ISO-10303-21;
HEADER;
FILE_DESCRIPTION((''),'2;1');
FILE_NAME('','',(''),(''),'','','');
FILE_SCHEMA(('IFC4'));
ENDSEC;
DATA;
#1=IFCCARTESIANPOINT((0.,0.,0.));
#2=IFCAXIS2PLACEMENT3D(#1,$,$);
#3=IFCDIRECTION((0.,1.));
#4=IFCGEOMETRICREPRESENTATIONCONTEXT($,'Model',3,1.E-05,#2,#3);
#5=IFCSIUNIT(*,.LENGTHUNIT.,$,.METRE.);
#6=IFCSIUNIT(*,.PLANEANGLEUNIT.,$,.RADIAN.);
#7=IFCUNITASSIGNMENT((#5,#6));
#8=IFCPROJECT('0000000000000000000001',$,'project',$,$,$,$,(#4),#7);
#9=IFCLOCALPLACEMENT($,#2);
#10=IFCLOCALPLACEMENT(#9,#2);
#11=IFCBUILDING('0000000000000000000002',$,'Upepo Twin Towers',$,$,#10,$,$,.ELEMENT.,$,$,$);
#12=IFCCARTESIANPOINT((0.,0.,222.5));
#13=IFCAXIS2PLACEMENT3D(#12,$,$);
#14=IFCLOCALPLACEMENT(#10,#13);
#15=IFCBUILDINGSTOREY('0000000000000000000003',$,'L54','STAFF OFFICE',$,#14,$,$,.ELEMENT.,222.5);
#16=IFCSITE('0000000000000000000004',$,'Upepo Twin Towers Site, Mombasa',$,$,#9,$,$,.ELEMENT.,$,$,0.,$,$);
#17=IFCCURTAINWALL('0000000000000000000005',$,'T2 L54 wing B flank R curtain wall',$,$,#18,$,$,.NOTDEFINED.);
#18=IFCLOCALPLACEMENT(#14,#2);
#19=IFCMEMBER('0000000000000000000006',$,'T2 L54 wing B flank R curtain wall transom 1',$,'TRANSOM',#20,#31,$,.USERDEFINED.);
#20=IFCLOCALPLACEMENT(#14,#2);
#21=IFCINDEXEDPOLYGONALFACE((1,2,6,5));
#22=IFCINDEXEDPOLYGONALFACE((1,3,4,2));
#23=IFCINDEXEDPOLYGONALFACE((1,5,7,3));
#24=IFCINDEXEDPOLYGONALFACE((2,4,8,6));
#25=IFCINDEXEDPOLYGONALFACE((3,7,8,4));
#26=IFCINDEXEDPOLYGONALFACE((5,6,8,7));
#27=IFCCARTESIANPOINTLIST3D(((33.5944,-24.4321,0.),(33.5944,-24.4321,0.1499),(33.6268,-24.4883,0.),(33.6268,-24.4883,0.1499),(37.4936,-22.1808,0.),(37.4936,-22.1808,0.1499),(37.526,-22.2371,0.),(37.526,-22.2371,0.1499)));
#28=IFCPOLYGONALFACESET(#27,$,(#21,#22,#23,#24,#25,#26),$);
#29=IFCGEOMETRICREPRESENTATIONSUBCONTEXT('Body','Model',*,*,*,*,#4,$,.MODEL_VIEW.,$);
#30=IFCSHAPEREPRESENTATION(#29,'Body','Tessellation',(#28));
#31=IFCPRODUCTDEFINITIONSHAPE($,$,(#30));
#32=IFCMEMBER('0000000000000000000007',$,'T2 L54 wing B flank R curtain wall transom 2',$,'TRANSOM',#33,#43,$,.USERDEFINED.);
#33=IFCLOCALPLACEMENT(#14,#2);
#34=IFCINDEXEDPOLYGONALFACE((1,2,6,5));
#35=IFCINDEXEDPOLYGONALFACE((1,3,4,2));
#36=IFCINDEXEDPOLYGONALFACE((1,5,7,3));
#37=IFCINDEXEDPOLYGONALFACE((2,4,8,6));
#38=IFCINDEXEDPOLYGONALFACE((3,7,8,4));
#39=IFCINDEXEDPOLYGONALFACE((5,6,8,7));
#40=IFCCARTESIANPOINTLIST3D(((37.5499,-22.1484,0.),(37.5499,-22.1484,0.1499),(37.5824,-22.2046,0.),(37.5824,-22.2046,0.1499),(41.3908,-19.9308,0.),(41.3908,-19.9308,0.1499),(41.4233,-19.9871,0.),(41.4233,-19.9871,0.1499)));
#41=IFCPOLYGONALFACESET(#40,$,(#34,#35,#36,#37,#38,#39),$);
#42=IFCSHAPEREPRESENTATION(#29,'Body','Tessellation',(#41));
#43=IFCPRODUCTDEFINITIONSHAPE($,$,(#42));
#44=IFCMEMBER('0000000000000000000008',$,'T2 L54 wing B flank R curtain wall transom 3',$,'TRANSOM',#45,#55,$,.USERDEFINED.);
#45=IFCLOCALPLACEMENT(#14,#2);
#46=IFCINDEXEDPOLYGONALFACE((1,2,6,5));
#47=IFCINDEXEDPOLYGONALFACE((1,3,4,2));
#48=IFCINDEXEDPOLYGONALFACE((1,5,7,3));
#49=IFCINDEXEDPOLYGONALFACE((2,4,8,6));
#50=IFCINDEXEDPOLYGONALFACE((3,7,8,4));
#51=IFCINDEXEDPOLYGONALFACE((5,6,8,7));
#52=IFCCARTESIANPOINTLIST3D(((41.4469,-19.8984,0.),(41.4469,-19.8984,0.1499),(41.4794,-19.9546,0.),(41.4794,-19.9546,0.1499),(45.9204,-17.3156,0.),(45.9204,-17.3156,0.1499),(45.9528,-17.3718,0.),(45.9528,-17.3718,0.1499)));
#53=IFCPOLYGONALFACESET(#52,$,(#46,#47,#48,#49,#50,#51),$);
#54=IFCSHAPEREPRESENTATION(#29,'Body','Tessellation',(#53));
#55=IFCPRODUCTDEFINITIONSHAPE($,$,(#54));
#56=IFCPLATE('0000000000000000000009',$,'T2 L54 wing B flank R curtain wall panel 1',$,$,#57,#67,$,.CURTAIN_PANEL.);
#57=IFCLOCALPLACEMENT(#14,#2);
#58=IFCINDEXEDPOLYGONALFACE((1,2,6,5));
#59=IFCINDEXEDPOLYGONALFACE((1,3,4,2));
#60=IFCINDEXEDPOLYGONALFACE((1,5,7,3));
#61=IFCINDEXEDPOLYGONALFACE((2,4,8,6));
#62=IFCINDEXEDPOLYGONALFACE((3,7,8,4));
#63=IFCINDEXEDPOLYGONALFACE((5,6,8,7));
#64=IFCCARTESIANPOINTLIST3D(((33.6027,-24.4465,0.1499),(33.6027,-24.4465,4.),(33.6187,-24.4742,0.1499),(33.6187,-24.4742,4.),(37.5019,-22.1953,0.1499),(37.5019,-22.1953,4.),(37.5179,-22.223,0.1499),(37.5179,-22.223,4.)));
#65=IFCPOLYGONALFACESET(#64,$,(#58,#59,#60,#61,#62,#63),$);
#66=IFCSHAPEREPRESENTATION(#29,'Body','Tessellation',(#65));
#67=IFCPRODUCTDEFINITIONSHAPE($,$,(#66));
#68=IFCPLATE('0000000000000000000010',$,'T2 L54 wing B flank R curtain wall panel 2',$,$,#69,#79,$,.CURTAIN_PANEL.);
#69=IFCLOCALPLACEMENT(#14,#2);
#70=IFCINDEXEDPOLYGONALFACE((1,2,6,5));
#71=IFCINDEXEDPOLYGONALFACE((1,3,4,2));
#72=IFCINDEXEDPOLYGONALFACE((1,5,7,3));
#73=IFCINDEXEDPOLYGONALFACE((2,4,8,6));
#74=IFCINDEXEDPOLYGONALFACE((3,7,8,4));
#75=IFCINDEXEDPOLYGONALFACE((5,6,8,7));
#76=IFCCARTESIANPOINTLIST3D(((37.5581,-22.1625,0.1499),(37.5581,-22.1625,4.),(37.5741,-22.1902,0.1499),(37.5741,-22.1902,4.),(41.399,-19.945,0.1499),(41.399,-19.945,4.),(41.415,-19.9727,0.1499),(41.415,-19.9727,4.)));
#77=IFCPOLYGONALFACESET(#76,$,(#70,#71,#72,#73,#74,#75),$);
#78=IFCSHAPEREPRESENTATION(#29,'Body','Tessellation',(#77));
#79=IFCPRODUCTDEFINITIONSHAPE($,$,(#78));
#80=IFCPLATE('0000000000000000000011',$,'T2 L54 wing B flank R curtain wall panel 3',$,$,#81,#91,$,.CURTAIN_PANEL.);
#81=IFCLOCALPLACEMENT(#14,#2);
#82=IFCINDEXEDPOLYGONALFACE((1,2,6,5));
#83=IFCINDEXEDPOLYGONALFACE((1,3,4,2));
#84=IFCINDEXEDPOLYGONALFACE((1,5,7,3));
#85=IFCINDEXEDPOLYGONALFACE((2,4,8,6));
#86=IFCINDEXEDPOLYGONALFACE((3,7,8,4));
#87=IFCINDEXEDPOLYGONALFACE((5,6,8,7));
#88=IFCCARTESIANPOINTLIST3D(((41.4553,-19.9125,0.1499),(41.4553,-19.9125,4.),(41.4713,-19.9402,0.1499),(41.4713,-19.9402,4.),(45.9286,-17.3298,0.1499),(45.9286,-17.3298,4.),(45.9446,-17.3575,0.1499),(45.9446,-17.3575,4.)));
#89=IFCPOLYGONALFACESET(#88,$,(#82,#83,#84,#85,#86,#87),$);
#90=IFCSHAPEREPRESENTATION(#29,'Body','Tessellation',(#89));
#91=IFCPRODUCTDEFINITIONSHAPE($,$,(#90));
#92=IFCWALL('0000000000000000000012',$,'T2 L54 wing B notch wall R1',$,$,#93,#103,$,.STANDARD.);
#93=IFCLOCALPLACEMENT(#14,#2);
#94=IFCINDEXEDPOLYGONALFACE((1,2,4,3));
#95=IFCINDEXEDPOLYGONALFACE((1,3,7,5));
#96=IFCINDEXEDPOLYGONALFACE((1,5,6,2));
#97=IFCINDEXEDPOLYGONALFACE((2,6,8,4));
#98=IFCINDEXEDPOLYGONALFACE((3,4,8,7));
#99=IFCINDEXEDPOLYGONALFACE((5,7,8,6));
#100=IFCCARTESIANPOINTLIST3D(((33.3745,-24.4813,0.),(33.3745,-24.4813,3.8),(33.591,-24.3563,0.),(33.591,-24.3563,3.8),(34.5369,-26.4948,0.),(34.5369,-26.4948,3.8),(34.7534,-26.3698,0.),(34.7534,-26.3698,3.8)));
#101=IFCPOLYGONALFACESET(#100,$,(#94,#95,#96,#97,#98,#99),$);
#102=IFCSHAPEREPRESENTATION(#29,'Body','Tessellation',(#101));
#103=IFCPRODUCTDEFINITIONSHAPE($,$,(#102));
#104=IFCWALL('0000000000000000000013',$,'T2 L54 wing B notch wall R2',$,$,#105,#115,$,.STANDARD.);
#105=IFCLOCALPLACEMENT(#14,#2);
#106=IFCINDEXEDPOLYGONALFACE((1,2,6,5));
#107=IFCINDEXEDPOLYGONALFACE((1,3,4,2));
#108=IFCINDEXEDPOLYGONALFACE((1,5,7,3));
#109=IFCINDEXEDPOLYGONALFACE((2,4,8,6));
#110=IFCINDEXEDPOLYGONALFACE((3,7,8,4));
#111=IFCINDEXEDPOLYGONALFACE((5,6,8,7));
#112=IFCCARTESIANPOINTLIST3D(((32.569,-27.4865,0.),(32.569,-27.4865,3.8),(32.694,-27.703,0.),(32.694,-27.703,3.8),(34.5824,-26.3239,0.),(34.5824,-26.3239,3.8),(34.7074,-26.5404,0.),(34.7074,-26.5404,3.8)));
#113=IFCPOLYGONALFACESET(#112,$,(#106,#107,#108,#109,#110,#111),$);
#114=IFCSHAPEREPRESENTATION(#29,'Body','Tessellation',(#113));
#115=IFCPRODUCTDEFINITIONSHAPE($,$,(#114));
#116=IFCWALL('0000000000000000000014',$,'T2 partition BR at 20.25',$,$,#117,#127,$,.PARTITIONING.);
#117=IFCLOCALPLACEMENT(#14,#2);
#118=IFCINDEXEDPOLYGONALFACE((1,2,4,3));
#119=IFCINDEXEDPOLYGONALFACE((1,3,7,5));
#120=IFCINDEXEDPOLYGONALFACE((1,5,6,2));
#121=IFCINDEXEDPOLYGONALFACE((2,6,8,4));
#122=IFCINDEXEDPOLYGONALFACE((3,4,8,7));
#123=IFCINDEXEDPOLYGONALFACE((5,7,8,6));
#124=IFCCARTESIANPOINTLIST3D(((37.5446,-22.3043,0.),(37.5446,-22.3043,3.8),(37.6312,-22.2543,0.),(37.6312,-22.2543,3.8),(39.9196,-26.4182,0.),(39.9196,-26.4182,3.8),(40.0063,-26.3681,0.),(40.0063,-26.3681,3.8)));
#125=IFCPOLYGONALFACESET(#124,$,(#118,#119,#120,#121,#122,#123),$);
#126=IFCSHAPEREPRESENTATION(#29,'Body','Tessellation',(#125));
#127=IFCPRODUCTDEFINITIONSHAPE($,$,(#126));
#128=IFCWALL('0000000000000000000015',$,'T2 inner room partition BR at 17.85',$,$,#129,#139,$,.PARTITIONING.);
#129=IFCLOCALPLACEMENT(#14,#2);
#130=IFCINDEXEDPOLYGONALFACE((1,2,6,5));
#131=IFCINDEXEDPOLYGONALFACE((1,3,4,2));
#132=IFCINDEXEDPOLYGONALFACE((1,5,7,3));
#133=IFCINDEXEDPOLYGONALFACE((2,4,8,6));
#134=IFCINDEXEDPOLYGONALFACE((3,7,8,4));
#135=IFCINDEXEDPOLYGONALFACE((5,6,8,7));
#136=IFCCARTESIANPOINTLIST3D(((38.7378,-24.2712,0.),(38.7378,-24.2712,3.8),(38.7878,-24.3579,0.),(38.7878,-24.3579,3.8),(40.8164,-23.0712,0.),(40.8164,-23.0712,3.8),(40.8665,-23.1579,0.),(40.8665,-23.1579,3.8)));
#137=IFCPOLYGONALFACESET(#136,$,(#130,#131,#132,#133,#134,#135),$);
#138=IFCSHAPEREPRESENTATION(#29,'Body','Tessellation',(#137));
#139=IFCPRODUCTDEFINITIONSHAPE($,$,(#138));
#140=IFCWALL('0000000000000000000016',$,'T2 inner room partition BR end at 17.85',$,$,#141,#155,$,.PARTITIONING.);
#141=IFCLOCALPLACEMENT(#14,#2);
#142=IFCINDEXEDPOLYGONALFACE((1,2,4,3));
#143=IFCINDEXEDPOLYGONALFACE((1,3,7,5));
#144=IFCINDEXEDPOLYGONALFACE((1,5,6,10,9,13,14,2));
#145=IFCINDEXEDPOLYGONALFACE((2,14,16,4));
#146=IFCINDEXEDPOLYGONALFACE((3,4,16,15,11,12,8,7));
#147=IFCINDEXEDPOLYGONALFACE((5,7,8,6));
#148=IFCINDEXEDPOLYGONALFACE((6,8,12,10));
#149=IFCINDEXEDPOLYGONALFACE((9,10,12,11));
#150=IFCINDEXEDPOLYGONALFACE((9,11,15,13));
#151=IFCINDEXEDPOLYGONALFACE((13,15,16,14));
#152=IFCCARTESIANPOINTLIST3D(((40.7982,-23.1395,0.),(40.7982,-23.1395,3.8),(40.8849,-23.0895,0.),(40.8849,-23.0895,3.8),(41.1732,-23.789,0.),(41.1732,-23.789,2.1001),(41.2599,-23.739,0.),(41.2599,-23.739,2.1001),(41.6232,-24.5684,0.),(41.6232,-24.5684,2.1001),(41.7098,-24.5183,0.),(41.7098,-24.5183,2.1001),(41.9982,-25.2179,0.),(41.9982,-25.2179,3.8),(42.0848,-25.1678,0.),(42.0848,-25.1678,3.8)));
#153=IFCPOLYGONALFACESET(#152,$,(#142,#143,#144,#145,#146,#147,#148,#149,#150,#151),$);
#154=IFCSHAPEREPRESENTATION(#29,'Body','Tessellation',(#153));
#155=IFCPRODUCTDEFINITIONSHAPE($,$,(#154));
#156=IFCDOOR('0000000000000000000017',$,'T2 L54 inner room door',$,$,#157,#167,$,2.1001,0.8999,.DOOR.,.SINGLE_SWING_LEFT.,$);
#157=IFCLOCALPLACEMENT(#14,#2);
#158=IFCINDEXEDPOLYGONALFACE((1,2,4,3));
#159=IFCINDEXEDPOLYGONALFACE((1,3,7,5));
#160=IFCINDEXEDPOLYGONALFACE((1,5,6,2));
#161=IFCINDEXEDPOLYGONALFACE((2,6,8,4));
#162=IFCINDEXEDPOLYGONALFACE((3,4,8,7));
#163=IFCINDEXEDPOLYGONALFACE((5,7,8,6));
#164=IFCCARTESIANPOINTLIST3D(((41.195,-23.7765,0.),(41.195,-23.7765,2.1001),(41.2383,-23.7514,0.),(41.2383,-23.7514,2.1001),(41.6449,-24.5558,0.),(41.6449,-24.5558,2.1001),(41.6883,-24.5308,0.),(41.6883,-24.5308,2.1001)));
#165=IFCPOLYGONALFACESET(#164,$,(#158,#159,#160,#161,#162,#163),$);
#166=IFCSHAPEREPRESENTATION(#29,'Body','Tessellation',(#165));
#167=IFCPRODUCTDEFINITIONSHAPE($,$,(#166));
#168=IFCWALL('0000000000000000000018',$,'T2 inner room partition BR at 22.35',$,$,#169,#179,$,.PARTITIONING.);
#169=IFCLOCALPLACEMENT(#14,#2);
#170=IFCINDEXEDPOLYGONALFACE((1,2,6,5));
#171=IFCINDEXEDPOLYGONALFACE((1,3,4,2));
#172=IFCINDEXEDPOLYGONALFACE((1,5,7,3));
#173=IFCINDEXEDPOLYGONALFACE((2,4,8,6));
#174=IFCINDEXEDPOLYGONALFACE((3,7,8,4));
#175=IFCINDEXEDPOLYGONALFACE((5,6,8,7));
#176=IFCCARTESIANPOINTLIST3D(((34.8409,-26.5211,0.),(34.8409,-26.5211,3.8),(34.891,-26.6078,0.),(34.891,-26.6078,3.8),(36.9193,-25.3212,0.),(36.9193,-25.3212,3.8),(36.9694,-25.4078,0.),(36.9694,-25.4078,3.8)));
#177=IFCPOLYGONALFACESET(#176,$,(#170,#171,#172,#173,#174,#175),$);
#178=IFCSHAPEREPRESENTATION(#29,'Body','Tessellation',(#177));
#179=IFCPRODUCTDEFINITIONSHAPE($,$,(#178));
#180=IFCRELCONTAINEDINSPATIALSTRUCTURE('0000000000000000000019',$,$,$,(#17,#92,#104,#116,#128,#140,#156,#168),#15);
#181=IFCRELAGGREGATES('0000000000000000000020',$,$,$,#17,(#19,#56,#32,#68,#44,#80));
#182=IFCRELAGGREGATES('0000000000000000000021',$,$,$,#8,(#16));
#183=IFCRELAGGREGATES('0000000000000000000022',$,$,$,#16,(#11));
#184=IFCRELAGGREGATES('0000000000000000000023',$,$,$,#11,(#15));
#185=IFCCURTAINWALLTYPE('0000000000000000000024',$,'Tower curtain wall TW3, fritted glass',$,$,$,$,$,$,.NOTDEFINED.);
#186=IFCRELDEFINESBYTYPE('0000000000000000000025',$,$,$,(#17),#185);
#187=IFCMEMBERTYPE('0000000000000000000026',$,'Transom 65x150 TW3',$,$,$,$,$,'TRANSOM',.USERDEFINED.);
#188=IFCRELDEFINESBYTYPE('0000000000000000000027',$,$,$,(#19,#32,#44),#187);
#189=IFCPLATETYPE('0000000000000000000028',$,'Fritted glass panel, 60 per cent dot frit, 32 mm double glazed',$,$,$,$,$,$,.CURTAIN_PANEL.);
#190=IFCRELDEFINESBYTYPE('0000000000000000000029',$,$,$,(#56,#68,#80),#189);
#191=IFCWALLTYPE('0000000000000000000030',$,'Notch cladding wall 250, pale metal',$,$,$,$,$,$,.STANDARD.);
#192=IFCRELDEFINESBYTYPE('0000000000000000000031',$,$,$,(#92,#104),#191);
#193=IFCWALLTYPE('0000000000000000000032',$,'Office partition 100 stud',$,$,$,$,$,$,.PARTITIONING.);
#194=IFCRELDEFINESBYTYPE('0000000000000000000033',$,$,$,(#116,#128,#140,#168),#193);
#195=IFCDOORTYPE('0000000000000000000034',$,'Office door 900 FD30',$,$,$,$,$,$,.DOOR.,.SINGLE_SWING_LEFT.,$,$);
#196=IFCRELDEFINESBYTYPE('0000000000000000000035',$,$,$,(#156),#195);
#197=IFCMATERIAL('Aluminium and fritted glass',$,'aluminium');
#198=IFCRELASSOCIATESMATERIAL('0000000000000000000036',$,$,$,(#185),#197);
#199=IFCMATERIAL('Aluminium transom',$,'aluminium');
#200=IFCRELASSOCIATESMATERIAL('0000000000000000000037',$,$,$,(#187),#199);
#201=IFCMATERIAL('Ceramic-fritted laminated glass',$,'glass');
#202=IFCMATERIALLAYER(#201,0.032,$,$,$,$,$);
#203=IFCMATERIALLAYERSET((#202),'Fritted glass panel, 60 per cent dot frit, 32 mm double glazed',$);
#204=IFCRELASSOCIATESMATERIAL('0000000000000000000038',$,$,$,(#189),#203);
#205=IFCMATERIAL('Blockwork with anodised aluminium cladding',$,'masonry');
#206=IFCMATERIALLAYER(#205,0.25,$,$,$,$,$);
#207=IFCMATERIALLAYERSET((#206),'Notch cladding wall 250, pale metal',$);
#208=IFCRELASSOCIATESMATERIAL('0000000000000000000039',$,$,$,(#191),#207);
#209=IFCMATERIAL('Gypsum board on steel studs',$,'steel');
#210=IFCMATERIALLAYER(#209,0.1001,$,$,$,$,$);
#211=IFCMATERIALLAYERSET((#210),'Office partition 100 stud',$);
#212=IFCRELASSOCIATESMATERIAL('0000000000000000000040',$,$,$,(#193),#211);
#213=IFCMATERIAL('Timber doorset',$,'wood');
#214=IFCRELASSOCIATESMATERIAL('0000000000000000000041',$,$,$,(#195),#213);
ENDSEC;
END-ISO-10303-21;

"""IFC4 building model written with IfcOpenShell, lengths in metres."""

from ifc_helpers import new_model, si_unit, direction, frame, frame_2d, origin, origin_2d, place, context, subcontext, project, spatial, rectangle, extrude, material, layer, layer_set, material_profile, profile_set, type_object, element, fill, aggregate, save


model = new_model("IFC4")

# Units and contexts
model_context = context("Model", 3, precision=1e-05, world=origin(), true_north=direction((0.0, 1.0)))
body_context = subcontext(model_context, "Body", "Model", "MODEL_VIEW")
ifc_project = project(units=[si_unit("LENGTHUNIT", "METRE"), si_unit("PLANEANGLEUNIT", "RADIAN")], contexts=[model_context])

# Site, building, storey
site_placement = place(None, origin())
site = spatial("IfcSite", under=ifc_project, at=site_placement, Name="Upepo Twin Towers Site, Mombasa", CompositionType="ELEMENT", RefElevation=0.0)
building_placement = place(site_placement, origin())
building = spatial("IfcBuilding", under=site, at=building_placement, Name="Upepo Twin Towers", CompositionType="ELEMENT")
storey_placement = place(building_placement, frame((0.0, 0.0, 222.5)))
storey = spatial("IfcBuildingStorey", under=building, at=storey_placement, Name="L54", Description="STAFF OFFICE", CompositionType="ELEMENT", Elevation=222.5)

# Curtain wall
ifc_material_1 = material(Name="Aluminium and fritted glass", Category="aluminium")
curtain_wall_type = type_object("IfcCurtainWallType", Name="Tower curtain wall TW3, fritted glass", PredefinedType="NOTDEFINED", material=ifc_material_1)
curtain_wall_1_placement = place(storey_placement, origin())
curtain_wall_1 = element("IfcCurtainWall", 1, at=curtain_wall_1_placement, inside=storey, type_object=curtain_wall_type, Name="T2 L54 wing B flank R curtain wall", PredefinedType="NOTDEFINED")

# Members
ifc_material_2 = material(Name="Aluminium transom", Category="aluminium")
ifc_material_profile_1 = material_profile(ifc_material_2, rectangle(XDim=0.0649, YDim=0.1499, at=origin_2d()), Name="TRANSOM 65x150")
ifc_profile_set_1 = profile_set([ifc_material_profile_1], Name="Aluminium transom")
member_type_1 = type_object("IfcMemberType", Name="Transom 65x150 TW3", ElementType="TRANSOM", PredefinedType="USERDEFINED", material=ifc_profile_set_1)
member_1_placement = place(storey_placement, frame((33.6106, -24.4602, 0.075), z_axis=(0.866022, 0.500006, 0.0), x_axis=(-0.500006, 0.866022, 0.0)))
member_1 = element("IfcMember", 2, at=member_1_placement, type_object=member_type_1, Name="T2 L54 wing B flank R curtain wall transom 1", ObjectType="TRANSOM", PredefinedType="USERDEFINED", context=body_context, shape_type="SweptSolid", body=[
    extrude(rectangle(XDim=0.0649, YDim=0.1499, at=origin_2d()), origin(), (0.0, 0.0, 1.0), 4.5024),
])
member_2_placement = place(storey_placement, frame((37.5662, -22.1765, 0.075), z_axis=(0.866022, 0.500005, 0.0), x_axis=(-0.500005, 0.866022, 0.0)))
member_2 = element("IfcMember", 3, at=member_2_placement, type_object=member_type_1, Name="T2 L54 wing B flank R curtain wall transom 2", ObjectType="TRANSOM", PredefinedType="USERDEFINED", context=body_context, shape_type="SweptSolid", body=[
    extrude(rectangle(XDim=0.0649, YDim=0.1499, at=origin_2d()), origin(), (0.0, 0.0, 1.0), 4.4351),
])
member_3_placement = place(storey_placement, frame((41.4631, -19.9265, 0.075), z_axis=(0.866021, 0.500007, 0.0), x_axis=(-0.500007, 0.866021, 0.0)))
member_3 = element("IfcMember", 4, at=member_3_placement, type_object=member_type_1, Name="T2 L54 wing B flank R curtain wall transom 3", ObjectType="TRANSOM", PredefinedType="USERDEFINED", context=body_context, shape_type="SweptSolid", body=[
    extrude(rectangle(XDim=0.0649, YDim=0.1499, at=origin_2d()), origin(), (0.0, 0.0, 1.0), 5.1655),
])

# Plates
ifc_material_3 = material(Name="Ceramic-fritted laminated glass", Category="glass")
ifc_layer_1 = layer(ifc_material_3, 0.032)
ifc_layer_set_1 = layer_set([ifc_layer_1], Name="Fritted glass panel, 60 per cent dot frit, 32 mm double glazed")
plate_type = type_object("IfcPlateType", Name="Fritted glass panel, 60 per cent dot frit, 32 mm double glazed", PredefinedType="CURTAIN_PANEL", material=ifc_layer_set_1)
plate_1_placement = place(storey_placement, frame((35.5603, -23.3347, 0.1499), z_axis=(0.0, 0.0, 1.0), x_axis=(0.866025, 0.5, 0.0)))
plate_1 = element("IfcPlate", 5, at=plate_1_placement, type_object=plate_type, Name="T2 L54 wing B flank R curtain wall panel 1", PredefinedType="CURTAIN_PANEL", context=body_context, shape_type="SweptSolid", body=[
    extrude(rectangle(XDim=4.5024, YDim=0.032, at=origin_2d()), origin(), (0.0, 0.0, 1.0), 3.8501),
])
plate_2_placement = place(storey_placement, frame((39.4866, -21.0676, 0.1499), z_axis=(0.0, 0.0, 1.0), x_axis=(0.866025, 0.5, 0.0)))
plate_2 = element("IfcPlate", 6, at=plate_2_placement, type_object=plate_type, Name="T2 L54 wing B flank R curtain wall panel 2", PredefinedType="CURTAIN_PANEL", context=body_context, shape_type="SweptSolid", body=[
    extrude(rectangle(XDim=4.4351, YDim=0.032, at=origin_2d()), origin(), (0.0, 0.0, 1.0), 3.8501),
])
plate_3_placement = place(storey_placement, frame((43.7, -18.635, 0.1499), z_axis=(0.0, 0.0, 1.0), x_axis=(0.866025, 0.5, 0.0)))
plate_3 = element("IfcPlate", 7, at=plate_3_placement, type_object=plate_type, Name="T2 L54 wing B flank R curtain wall panel 3", PredefinedType="CURTAIN_PANEL", context=body_context, shape_type="SweptSolid", body=[
    extrude(rectangle(XDim=5.1653, YDim=0.032, at=origin_2d()), origin(), (0.0, 0.0, 1.0), 3.8501),
])
aggregate(curtain_wall_1, [member_1, plate_1, member_2, plate_2, member_3, plate_3])

# Walls
ifc_material_4 = material(Name="Blockwork with anodised aluminium cladding", Category="masonry")
ifc_layer_2 = layer(ifc_material_4, 0.25)
ifc_layer_set_2 = layer_set([ifc_layer_2], Name="Notch cladding wall 250, pale metal")
wall_type_1 = type_object("IfcWallType", Name="Notch cladding wall 250, pale metal", PredefinedType="STANDARD", material=ifc_layer_set_2)
for number, where, z_axis, x_axis, name in (
    (8, (33.4827, -24.4187, 0.0), (0.0, 0.0, 1.0), (0.499968, -0.866044, 0.0), "T2 L54 wing B notch wall R1"),
    (9, (34.645, -26.4321, 0.0), (0.0, 0.0, 1.0), (-0.865998, -0.500047, 0.0), "T2 L54 wing B notch wall R2"),
):
    element("IfcWall", number, at=place(storey_placement, frame(where, z_axis=z_axis, x_axis=x_axis)), inside=storey, type_object=wall_type_1, Name=name, PredefinedType="STANDARD", context=body_context, shape_type="SweptSolid", body=[
        extrude(rectangle(XDim=2.325, YDim=0.25, at=frame_2d((1.1626, 0.0))), origin(), (0.0, 0.0, 1.0), 3.8),
    ])
ifc_material_5 = material(Name="Gypsum board on steel studs", Category="steel")
ifc_layer_3 = layer(ifc_material_5, 0.1001)
ifc_layer_set_3 = layer_set([ifc_layer_3], Name="Office partition 100 stud")
wall_type_2 = type_object("IfcWallType", Name="Office partition 100 stud", PredefinedType="PARTITIONING", material=ifc_layer_set_3)
wall_1_placement = place(storey_placement, frame((39.9629, -26.3931, 0.0), z_axis=(0.0, 0.0, 1.0), x_axis=(-0.499986, 0.866033, 0.0)))
element("IfcWall", 10, at=wall_1_placement, inside=storey, type_object=wall_type_2, Name="T2 partition BR at 20.25", PredefinedType="PARTITIONING", context=body_context, shape_type="SweptSolid", body=[
    extrude(rectangle(XDim=4.7502, YDim=0.1001, at=frame_2d((2.375, 0.0))), origin(), (0.0, 0.0, 1.0), 3.8),
])
wall_2_placement = place(storey_placement, frame((40.8416, -23.1145, 0.0), z_axis=(0.0, 0.0, 1.0), x_axis=(-0.86605, -0.499957, 0.0)))
element("IfcWall", 11, at=wall_2_placement, inside=storey, type_object=wall_type_2, Name="T2 inner room partition BR at 17.85", PredefinedType="PARTITIONING", context=body_context, shape_type="SweptSolid", body=[
    extrude(rectangle(XDim=2.4001, YDim=0.1001, at=frame_2d((1.2002, 0.0))), origin(), (0.0, 0.0, 1.0), 3.8),
])

# Wall, opening, door
wall_3_placement = place(storey_placement, frame((42.0415, -25.1929, 0.0), z_axis=(0.0, 0.0, 1.0), x_axis=(-0.500001, 0.866025, 0.0)))
wall_3 = element("IfcWall", 12, at=wall_3_placement, inside=storey, type_object=wall_type_2, Name="T2 inner room partition BR end at 17.85", PredefinedType="PARTITIONING", context=body_context, shape_type="SweptSolid", body=[
    extrude(rectangle(XDim=2.3999, YDim=0.1001, at=frame_2d((1.2, 0.0))), origin(), (0.0, 0.0, 1.0), 3.8),
])
opening_1_placement = place(wall_3_placement, frame((0.75, 0.0, 0.0)))
opening_1 = element("IfcOpeningElement", 13, at=opening_1_placement, cuts=wall_3, PredefinedType="OPENING", context=body_context, shape_type="SweptSolid", body=[
    extrude(rectangle(XDim=0.8999, YDim=2.1001, at=frame_2d((0.45, 1.05))), frame((0.0, 0.0601, 0.0), z_axis=(0.0, -1.0, 0.0), x_axis=(1.0, 0.0, 0.0)), (0.0, 0.0, 1.0), 0.1201),
])
ifc_material_6 = material(Name="Timber doorset", Category="wood")
door_type = type_object("IfcDoorType", Name="Office door 900 FD30", OperationType="SINGLE_SWING_LEFT", PredefinedType="DOOR", material=ifc_material_6)
door_1_placement = place(opening_1_placement, origin())
door_1 = element("IfcDoor", 14, at=door_1_placement, inside=storey, type_object=door_type, Name="T2 L54 inner room door", OperationType="SINGLE_SWING_LEFT", OverallHeight=2.1001, OverallWidth=0.8999, PredefinedType="DOOR", context=body_context, shape_type="SweptSolid", body=[
    extrude(rectangle(XDim=0.8999, YDim=2.1001, at=frame_2d((0.45, 1.05))), frame((0.0, 0.0249, 0.0), z_axis=(0.0, -1.0, 0.0), x_axis=(1.0, 0.0, 0.0)), (0.0, 0.0, 1.0), 0.05),
])
fill(opening_1, door_1)

# Wall
wall_4_placement = place(storey_placement, frame((36.9443, -25.3645, 0.0), z_axis=(0.0, 0.0, 1.0), x_axis=(-0.866025, -0.500001, 0.0)))
element("IfcWall", 15, at=wall_4_placement, inside=storey, type_object=wall_type_2, Name="T2 inner room partition BR at 22.35", PredefinedType="PARTITIONING", context=body_context, shape_type="SweptSolid", body=[
    extrude(rectangle(XDim=2.3999, YDim=0.1001, at=frame_2d((1.2, 0.0))), origin(), (0.0, 0.0, 1.0), 3.8),
])

save(model, "model.ifc")
